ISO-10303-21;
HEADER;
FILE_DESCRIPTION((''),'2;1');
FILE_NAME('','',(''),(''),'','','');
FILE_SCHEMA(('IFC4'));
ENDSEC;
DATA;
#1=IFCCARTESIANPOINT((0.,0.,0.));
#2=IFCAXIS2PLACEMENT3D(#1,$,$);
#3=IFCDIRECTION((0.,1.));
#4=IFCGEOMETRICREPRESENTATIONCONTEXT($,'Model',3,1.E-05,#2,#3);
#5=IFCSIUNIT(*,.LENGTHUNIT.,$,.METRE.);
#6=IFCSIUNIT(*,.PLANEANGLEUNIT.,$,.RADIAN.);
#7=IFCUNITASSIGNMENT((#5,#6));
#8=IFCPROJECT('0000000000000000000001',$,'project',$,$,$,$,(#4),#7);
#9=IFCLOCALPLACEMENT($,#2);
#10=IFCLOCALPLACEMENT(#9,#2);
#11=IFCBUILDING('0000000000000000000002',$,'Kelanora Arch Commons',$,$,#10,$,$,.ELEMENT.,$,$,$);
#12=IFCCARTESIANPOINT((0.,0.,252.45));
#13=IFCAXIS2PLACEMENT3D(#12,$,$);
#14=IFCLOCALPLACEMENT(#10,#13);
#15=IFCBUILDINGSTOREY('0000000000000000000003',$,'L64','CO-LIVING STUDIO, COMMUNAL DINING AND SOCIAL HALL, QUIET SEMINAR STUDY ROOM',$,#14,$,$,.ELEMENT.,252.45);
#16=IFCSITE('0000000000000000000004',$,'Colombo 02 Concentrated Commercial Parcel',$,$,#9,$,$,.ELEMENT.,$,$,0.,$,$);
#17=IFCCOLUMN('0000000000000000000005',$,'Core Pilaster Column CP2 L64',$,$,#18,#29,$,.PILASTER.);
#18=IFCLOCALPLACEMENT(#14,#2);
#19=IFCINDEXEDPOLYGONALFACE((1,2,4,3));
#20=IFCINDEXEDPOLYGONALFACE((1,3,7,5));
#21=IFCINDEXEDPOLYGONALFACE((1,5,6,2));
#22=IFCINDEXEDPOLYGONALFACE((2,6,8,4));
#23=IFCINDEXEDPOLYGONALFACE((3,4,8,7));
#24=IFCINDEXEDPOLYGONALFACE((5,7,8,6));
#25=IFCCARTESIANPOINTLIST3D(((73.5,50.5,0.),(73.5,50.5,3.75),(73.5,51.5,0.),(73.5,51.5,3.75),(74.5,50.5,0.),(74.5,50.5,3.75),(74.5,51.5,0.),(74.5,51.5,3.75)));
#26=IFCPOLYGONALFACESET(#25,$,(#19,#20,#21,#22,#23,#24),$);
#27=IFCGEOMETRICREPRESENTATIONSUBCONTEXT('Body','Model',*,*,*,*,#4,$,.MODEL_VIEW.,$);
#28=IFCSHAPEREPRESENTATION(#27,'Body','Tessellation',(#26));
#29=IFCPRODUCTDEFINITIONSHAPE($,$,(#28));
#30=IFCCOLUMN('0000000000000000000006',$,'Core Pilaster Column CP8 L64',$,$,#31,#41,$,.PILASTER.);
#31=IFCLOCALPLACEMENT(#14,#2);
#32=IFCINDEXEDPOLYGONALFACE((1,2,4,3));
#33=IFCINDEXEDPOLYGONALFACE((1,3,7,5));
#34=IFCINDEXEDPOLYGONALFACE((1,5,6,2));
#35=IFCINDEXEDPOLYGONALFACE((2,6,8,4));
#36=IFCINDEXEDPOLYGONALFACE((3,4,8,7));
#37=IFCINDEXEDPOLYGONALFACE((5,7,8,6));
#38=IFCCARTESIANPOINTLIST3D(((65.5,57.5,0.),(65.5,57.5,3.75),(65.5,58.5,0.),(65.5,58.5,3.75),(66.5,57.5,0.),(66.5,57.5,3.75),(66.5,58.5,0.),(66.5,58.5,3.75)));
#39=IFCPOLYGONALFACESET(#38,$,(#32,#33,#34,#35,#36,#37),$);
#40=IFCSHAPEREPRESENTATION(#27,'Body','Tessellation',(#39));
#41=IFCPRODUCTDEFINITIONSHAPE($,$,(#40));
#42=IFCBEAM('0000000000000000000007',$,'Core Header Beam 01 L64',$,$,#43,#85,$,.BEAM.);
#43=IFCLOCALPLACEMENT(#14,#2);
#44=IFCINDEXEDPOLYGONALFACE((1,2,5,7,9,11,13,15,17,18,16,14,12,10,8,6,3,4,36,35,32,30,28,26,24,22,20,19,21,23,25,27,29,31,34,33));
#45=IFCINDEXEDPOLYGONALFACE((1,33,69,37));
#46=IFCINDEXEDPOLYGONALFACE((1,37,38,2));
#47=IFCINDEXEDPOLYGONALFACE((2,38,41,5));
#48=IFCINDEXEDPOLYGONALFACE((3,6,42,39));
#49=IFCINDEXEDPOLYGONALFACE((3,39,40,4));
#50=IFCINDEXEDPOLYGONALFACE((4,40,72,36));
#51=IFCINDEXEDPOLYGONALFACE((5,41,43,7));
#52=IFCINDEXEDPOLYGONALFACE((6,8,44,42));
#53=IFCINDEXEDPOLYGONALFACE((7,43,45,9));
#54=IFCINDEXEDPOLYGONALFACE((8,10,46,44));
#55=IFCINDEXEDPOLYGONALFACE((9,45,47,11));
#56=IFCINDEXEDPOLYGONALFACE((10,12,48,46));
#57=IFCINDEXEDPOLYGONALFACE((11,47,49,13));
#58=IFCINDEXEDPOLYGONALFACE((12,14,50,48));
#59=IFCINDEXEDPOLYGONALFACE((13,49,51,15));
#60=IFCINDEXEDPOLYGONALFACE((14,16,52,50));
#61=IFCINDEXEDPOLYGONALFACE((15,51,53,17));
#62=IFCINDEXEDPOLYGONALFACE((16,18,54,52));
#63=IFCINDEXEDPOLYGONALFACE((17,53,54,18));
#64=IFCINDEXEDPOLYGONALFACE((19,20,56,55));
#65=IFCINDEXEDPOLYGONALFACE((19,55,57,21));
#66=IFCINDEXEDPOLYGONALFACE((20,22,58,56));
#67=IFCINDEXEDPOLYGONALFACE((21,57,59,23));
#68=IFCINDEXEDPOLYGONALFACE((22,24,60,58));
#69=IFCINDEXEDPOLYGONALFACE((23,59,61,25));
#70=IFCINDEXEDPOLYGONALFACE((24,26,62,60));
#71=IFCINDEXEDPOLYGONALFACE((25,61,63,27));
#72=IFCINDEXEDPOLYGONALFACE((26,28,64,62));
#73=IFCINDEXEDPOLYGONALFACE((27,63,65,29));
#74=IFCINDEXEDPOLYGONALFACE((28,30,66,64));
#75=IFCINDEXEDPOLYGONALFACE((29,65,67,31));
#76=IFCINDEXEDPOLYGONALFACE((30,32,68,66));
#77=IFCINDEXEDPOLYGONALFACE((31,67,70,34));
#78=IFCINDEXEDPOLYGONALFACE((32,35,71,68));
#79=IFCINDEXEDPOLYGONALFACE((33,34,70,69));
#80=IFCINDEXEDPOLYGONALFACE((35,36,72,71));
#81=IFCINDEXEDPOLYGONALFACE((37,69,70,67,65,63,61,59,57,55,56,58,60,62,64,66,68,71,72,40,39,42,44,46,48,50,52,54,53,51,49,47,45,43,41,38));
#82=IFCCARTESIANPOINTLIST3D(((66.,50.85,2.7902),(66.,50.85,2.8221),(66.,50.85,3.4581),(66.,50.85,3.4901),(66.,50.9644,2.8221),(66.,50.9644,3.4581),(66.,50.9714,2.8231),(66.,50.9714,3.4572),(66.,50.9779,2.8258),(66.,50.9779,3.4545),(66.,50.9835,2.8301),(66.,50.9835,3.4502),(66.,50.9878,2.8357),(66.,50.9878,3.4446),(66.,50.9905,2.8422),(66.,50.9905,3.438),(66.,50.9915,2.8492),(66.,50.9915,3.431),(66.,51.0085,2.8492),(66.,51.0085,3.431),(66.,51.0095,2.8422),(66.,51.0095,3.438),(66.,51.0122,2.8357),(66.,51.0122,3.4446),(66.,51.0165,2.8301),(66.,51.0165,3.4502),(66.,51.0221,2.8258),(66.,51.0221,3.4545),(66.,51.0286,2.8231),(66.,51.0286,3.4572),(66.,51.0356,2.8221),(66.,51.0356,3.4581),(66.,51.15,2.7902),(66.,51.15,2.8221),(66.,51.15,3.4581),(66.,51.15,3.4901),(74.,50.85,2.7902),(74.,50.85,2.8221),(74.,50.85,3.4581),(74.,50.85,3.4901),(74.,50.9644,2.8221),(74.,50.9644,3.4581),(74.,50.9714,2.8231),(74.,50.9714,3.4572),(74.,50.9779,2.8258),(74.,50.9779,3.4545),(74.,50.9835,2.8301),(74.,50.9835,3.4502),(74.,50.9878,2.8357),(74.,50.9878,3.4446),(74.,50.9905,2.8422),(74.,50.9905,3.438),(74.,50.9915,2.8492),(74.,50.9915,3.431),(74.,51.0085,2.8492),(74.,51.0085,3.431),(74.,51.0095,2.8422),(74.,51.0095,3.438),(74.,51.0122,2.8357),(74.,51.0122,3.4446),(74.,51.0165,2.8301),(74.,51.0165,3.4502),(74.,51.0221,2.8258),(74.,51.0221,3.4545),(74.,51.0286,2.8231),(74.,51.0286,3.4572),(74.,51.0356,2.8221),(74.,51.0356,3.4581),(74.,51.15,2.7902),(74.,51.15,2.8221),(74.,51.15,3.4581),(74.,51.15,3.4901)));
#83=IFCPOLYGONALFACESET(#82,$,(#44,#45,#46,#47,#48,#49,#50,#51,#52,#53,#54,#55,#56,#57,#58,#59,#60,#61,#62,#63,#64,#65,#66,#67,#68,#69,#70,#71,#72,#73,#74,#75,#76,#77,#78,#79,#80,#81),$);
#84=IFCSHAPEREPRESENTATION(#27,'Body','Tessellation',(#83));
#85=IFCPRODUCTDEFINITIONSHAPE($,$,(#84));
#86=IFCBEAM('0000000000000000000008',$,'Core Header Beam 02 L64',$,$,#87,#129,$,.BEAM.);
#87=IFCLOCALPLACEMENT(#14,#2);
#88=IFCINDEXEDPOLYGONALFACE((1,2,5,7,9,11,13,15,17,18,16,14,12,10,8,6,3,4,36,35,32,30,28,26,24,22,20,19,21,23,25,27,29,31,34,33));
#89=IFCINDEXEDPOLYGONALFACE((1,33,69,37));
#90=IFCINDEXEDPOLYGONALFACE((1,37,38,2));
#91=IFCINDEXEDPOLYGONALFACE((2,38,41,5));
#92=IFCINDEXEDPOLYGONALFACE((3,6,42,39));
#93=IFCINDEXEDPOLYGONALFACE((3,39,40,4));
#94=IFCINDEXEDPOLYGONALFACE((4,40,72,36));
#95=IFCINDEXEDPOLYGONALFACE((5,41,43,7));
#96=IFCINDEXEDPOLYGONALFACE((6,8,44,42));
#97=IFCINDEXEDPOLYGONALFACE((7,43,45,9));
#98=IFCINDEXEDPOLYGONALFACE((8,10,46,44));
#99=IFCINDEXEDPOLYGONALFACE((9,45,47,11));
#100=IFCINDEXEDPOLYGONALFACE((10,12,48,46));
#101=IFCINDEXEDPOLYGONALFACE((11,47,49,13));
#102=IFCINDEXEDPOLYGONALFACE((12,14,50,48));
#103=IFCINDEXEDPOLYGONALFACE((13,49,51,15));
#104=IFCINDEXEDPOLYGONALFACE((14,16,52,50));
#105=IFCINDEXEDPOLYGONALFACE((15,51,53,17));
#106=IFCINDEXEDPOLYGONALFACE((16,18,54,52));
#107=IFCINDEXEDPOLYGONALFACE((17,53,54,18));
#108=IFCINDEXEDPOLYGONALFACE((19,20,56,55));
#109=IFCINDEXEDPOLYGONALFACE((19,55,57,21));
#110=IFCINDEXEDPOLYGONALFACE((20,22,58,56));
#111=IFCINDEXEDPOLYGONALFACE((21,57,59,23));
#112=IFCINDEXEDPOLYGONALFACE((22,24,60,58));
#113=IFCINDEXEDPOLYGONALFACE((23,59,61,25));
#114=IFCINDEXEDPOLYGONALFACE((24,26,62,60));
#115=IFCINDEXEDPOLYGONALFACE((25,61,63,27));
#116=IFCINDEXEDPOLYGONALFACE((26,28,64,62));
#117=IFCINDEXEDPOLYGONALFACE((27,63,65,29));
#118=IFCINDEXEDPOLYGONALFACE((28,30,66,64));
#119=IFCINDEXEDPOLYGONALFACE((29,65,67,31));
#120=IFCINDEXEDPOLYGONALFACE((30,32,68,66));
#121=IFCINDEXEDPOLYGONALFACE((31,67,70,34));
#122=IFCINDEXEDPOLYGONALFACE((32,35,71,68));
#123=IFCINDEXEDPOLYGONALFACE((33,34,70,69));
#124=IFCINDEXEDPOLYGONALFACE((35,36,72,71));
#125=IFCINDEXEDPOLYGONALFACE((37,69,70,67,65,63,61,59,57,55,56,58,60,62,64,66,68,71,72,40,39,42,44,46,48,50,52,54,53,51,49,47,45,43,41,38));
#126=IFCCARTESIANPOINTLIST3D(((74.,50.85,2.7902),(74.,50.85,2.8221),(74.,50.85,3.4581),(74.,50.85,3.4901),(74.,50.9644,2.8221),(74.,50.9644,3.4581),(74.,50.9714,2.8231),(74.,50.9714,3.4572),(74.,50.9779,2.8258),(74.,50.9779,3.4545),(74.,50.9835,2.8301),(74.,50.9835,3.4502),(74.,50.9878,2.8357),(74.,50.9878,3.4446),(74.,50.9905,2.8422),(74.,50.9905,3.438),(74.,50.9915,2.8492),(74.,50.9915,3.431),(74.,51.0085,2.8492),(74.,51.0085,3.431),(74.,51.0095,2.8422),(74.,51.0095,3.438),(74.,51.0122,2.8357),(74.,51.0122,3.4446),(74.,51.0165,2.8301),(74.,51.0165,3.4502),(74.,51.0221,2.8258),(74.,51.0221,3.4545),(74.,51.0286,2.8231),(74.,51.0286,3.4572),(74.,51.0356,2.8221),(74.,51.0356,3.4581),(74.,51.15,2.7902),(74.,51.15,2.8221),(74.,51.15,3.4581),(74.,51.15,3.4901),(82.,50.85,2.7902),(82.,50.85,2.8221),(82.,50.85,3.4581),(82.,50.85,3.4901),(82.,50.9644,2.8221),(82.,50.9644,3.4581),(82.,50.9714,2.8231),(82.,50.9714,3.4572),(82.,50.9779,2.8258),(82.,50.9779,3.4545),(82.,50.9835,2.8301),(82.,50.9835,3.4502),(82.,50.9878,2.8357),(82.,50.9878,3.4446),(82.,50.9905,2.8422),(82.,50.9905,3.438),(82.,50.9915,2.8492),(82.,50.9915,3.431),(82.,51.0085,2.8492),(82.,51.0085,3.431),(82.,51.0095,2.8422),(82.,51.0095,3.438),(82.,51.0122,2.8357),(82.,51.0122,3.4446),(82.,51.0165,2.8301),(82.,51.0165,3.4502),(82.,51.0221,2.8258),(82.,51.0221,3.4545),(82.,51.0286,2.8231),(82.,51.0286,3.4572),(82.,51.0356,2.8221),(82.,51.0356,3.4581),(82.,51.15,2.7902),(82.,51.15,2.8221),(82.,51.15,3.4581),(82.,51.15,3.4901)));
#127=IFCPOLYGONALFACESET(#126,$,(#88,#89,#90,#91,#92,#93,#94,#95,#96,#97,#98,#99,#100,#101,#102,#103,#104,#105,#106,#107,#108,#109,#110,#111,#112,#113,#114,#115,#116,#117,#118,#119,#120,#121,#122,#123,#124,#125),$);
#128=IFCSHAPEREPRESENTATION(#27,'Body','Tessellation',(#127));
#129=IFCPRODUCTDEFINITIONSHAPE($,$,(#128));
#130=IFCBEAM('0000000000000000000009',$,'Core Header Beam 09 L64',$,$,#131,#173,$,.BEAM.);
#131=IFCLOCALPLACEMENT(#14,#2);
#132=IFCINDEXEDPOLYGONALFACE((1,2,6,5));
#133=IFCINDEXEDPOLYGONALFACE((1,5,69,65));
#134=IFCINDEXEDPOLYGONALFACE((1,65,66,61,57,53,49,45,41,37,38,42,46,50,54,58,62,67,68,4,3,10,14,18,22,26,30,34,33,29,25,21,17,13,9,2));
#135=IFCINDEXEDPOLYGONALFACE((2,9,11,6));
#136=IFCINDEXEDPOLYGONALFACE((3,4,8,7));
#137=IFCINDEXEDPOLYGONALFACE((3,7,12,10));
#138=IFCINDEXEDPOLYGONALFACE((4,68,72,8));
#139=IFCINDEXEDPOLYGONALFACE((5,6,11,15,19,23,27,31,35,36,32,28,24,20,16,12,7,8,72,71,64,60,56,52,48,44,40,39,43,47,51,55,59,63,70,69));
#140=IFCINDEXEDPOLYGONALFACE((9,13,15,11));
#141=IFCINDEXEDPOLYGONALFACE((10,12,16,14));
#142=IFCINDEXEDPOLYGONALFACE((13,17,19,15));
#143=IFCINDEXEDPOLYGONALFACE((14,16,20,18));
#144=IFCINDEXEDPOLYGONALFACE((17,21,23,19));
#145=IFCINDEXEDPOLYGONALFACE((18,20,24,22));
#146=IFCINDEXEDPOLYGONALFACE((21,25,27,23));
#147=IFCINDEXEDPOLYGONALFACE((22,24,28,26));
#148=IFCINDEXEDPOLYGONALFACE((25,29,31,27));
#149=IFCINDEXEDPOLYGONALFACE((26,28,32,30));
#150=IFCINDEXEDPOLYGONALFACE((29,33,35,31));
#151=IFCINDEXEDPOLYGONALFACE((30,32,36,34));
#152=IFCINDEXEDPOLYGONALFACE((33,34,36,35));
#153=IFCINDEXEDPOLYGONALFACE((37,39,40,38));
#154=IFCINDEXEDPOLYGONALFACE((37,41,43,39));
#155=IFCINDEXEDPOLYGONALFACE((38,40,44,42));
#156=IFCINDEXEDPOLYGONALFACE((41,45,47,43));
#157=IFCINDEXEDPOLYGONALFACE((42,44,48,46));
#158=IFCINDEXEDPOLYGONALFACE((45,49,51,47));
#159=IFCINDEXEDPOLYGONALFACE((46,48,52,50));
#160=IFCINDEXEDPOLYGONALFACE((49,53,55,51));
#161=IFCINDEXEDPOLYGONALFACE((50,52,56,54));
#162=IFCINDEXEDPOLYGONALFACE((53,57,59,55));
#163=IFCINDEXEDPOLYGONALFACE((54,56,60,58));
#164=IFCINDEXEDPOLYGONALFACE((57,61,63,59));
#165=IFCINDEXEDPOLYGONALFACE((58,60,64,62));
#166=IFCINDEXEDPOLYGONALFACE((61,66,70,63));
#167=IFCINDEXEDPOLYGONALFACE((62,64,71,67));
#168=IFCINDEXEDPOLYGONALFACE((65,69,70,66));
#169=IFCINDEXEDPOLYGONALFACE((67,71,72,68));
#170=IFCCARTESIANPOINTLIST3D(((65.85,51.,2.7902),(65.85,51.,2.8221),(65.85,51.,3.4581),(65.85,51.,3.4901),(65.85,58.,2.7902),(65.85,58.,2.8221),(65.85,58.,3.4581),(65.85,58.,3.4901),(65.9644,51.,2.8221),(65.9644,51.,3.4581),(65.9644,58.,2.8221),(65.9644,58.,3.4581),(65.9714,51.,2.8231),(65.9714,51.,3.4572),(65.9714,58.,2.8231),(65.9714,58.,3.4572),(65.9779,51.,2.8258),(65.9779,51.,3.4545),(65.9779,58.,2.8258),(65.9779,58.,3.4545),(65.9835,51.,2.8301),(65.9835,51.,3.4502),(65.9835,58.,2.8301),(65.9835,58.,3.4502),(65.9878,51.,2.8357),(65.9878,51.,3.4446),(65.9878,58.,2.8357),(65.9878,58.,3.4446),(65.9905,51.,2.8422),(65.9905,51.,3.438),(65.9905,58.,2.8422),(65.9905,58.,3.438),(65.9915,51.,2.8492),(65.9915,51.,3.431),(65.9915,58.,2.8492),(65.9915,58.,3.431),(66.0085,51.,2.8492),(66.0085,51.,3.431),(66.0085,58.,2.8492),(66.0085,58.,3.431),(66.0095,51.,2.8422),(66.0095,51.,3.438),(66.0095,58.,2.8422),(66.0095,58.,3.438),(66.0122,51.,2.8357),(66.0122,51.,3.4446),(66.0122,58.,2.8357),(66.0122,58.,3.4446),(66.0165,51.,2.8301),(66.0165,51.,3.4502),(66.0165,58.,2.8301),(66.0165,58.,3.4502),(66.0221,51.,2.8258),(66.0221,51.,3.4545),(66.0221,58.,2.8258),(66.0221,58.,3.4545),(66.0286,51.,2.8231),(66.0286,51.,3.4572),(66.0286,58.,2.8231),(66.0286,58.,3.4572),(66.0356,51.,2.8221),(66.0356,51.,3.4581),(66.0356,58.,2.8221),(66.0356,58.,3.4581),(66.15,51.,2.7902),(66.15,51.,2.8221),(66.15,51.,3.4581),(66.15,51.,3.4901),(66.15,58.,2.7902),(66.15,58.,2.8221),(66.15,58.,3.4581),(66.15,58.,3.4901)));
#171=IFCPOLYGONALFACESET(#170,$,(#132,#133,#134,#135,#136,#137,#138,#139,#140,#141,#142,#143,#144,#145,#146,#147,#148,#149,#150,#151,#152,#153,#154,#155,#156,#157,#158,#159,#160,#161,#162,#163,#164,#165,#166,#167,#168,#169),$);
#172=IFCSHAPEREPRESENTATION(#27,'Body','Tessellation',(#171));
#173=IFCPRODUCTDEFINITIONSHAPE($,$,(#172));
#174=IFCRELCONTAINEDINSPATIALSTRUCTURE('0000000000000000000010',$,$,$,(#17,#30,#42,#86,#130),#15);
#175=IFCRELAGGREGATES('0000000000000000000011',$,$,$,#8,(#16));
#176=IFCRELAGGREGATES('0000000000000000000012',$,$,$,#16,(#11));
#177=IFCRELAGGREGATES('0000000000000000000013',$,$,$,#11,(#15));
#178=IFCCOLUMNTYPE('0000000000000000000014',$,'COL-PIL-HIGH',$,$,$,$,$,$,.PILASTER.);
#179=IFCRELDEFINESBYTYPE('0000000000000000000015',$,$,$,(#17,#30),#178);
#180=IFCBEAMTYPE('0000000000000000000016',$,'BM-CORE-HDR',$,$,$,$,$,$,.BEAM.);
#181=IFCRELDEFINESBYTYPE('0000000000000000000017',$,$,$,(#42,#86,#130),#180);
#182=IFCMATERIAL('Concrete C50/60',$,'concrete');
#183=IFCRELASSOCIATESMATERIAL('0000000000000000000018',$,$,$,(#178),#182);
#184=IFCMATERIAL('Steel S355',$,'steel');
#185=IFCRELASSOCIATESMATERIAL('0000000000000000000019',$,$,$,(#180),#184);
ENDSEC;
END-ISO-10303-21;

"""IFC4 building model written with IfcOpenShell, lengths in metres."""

from ifc_helpers import new_model, si_unit, direction, frame, origin, origin_2d, place, context, subcontext, project, spatial, rectangle, i_section, extrude, material, material_profile, profile_set, type_object, element, save


model = new_model("IFC4")

# Units and contexts
model_context = context("Model", 3, precision=1e-05, world=origin(), true_north=direction((0.0, 1.0)))
body_context = subcontext(model_context, "Body", "Model", "MODEL_VIEW")
ifc_project = project(units=[si_unit("LENGTHUNIT", "METRE"), si_unit("PLANEANGLEUNIT", "RADIAN")], contexts=[model_context])

# Site, building, storey
site_placement = place(None, origin())
site = spatial("IfcSite", under=ifc_project, at=site_placement, Name="Colombo 02 Concentrated Commercial Parcel", CompositionType="ELEMENT", RefElevation=0.0)
building_placement = place(site_placement, origin())
building = spatial("IfcBuilding", under=site, at=building_placement, Name="Kelanora Arch Commons", CompositionType="ELEMENT")
storey_placement = place(building_placement, frame((0.0, 0.0, 252.45)))
storey = spatial("IfcBuildingStorey", under=building, at=storey_placement, Name="L64", Description="CO-LIVING STUDIO, COMMUNAL DINING AND SOCIAL HALL, QUIET SEMINAR STUDY ROOM", CompositionType="ELEMENT", Elevation=252.45)

# Columns
ifc_material_1 = material(Name="Concrete C50/60", Category="concrete")
ifc_material_profile_1 = material_profile(ifc_material_1, rectangle(XDim=1.0, YDim=1.0, at=origin_2d()), Name="RC1000x1000")
ifc_profile_set_1 = profile_set([ifc_material_profile_1], Name="Concrete C50/60")
column_type = type_object("IfcColumnType", Name="COL-PIL-HIGH", PredefinedType="PILASTER", material=ifc_profile_set_1)
for number, where, z_axis, x_axis, name in (
    (1, (74.0, 51.0, 0.0), (0.0, 0.0, 1.0), (1.0, 0.0, 0.0), "Core Pilaster Column CP2 L64"),
    (2, (66.0, 58.0, 0.0), (0.0, 0.0, 1.0), (1.0, 0.0, 0.0), "Core Pilaster Column CP8 L64"),
):
    element("IfcColumn", number, at=place(storey_placement, frame(where, z_axis=z_axis, x_axis=x_axis)), inside=storey, type_object=column_type, Name=name, PredefinedType="PILASTER", context=body_context, shape_type="SweptSolid", body=[
        extrude(rectangle(XDim=1.0, YDim=1.0, at=origin_2d()), origin(), (0.0, 0.0, 1.0), 3.75),
    ])

# Beams
ifc_material_2 = material(Name="Steel S355", Category="steel")
ifc_material_profile_2 = material_profile(ifc_material_2, i_section(OverallWidth=0.3, OverallDepth=0.7, WebThickness=0.0171, FlangeThickness=0.032, FilletRadius=0.0271, at=origin_2d()), Name="HEB700")
ifc_profile_set_2 = profile_set([ifc_material_profile_2], Name="Steel S355")
beam_type_1 = type_object("IfcBeamType", Name="BM-CORE-HDR", PredefinedType="BEAM", material=ifc_profile_set_2)
for number, where, z_axis, x_axis, name in (
    (3, (66.0, 51.0, 3.1401), (1.0, 0.0, 0.0), (0.0, 1.0, 0.0), "Core Header Beam 01 L64"),
    (4, (74.0, 51.0, 3.1401), (1.0, 0.0, 0.0), (0.0, 1.0, 0.0), "Core Header Beam 02 L64"),
):
    element("IfcBeam", number, at=place(storey_placement, frame(where, z_axis=z_axis, x_axis=x_axis)), inside=storey, type_object=beam_type_1, Name=name, PredefinedType="BEAM", context=body_context, shape_type="SweptSolid", body=[
        extrude(i_section(OverallWidth=0.3, OverallDepth=0.7, WebThickness=0.0171, FlangeThickness=0.032, FilletRadius=0.0271, at=origin_2d()), origin(), (0.0, 0.0, 1.0), 8.0),
    ])
beam_1_placement = place(storey_placement, frame((66.0, 58.0, 3.1401), z_axis=(0.0, -1.0, 0.0), x_axis=(1.0, 0.0, 0.0)))
element("IfcBeam", 5, at=beam_1_placement, inside=storey, type_object=beam_type_1, Name="Core Header Beam 09 L64", PredefinedType="BEAM", context=body_context, shape_type="SweptSolid", body=[
    extrude(i_section(OverallWidth=0.3, OverallDepth=0.7, WebThickness=0.0171, FlangeThickness=0.032, FilletRadius=0.0271, at=origin_2d()), origin(), (0.0, 0.0, 1.0), 7.0),
])

save(model, "model.ifc")
